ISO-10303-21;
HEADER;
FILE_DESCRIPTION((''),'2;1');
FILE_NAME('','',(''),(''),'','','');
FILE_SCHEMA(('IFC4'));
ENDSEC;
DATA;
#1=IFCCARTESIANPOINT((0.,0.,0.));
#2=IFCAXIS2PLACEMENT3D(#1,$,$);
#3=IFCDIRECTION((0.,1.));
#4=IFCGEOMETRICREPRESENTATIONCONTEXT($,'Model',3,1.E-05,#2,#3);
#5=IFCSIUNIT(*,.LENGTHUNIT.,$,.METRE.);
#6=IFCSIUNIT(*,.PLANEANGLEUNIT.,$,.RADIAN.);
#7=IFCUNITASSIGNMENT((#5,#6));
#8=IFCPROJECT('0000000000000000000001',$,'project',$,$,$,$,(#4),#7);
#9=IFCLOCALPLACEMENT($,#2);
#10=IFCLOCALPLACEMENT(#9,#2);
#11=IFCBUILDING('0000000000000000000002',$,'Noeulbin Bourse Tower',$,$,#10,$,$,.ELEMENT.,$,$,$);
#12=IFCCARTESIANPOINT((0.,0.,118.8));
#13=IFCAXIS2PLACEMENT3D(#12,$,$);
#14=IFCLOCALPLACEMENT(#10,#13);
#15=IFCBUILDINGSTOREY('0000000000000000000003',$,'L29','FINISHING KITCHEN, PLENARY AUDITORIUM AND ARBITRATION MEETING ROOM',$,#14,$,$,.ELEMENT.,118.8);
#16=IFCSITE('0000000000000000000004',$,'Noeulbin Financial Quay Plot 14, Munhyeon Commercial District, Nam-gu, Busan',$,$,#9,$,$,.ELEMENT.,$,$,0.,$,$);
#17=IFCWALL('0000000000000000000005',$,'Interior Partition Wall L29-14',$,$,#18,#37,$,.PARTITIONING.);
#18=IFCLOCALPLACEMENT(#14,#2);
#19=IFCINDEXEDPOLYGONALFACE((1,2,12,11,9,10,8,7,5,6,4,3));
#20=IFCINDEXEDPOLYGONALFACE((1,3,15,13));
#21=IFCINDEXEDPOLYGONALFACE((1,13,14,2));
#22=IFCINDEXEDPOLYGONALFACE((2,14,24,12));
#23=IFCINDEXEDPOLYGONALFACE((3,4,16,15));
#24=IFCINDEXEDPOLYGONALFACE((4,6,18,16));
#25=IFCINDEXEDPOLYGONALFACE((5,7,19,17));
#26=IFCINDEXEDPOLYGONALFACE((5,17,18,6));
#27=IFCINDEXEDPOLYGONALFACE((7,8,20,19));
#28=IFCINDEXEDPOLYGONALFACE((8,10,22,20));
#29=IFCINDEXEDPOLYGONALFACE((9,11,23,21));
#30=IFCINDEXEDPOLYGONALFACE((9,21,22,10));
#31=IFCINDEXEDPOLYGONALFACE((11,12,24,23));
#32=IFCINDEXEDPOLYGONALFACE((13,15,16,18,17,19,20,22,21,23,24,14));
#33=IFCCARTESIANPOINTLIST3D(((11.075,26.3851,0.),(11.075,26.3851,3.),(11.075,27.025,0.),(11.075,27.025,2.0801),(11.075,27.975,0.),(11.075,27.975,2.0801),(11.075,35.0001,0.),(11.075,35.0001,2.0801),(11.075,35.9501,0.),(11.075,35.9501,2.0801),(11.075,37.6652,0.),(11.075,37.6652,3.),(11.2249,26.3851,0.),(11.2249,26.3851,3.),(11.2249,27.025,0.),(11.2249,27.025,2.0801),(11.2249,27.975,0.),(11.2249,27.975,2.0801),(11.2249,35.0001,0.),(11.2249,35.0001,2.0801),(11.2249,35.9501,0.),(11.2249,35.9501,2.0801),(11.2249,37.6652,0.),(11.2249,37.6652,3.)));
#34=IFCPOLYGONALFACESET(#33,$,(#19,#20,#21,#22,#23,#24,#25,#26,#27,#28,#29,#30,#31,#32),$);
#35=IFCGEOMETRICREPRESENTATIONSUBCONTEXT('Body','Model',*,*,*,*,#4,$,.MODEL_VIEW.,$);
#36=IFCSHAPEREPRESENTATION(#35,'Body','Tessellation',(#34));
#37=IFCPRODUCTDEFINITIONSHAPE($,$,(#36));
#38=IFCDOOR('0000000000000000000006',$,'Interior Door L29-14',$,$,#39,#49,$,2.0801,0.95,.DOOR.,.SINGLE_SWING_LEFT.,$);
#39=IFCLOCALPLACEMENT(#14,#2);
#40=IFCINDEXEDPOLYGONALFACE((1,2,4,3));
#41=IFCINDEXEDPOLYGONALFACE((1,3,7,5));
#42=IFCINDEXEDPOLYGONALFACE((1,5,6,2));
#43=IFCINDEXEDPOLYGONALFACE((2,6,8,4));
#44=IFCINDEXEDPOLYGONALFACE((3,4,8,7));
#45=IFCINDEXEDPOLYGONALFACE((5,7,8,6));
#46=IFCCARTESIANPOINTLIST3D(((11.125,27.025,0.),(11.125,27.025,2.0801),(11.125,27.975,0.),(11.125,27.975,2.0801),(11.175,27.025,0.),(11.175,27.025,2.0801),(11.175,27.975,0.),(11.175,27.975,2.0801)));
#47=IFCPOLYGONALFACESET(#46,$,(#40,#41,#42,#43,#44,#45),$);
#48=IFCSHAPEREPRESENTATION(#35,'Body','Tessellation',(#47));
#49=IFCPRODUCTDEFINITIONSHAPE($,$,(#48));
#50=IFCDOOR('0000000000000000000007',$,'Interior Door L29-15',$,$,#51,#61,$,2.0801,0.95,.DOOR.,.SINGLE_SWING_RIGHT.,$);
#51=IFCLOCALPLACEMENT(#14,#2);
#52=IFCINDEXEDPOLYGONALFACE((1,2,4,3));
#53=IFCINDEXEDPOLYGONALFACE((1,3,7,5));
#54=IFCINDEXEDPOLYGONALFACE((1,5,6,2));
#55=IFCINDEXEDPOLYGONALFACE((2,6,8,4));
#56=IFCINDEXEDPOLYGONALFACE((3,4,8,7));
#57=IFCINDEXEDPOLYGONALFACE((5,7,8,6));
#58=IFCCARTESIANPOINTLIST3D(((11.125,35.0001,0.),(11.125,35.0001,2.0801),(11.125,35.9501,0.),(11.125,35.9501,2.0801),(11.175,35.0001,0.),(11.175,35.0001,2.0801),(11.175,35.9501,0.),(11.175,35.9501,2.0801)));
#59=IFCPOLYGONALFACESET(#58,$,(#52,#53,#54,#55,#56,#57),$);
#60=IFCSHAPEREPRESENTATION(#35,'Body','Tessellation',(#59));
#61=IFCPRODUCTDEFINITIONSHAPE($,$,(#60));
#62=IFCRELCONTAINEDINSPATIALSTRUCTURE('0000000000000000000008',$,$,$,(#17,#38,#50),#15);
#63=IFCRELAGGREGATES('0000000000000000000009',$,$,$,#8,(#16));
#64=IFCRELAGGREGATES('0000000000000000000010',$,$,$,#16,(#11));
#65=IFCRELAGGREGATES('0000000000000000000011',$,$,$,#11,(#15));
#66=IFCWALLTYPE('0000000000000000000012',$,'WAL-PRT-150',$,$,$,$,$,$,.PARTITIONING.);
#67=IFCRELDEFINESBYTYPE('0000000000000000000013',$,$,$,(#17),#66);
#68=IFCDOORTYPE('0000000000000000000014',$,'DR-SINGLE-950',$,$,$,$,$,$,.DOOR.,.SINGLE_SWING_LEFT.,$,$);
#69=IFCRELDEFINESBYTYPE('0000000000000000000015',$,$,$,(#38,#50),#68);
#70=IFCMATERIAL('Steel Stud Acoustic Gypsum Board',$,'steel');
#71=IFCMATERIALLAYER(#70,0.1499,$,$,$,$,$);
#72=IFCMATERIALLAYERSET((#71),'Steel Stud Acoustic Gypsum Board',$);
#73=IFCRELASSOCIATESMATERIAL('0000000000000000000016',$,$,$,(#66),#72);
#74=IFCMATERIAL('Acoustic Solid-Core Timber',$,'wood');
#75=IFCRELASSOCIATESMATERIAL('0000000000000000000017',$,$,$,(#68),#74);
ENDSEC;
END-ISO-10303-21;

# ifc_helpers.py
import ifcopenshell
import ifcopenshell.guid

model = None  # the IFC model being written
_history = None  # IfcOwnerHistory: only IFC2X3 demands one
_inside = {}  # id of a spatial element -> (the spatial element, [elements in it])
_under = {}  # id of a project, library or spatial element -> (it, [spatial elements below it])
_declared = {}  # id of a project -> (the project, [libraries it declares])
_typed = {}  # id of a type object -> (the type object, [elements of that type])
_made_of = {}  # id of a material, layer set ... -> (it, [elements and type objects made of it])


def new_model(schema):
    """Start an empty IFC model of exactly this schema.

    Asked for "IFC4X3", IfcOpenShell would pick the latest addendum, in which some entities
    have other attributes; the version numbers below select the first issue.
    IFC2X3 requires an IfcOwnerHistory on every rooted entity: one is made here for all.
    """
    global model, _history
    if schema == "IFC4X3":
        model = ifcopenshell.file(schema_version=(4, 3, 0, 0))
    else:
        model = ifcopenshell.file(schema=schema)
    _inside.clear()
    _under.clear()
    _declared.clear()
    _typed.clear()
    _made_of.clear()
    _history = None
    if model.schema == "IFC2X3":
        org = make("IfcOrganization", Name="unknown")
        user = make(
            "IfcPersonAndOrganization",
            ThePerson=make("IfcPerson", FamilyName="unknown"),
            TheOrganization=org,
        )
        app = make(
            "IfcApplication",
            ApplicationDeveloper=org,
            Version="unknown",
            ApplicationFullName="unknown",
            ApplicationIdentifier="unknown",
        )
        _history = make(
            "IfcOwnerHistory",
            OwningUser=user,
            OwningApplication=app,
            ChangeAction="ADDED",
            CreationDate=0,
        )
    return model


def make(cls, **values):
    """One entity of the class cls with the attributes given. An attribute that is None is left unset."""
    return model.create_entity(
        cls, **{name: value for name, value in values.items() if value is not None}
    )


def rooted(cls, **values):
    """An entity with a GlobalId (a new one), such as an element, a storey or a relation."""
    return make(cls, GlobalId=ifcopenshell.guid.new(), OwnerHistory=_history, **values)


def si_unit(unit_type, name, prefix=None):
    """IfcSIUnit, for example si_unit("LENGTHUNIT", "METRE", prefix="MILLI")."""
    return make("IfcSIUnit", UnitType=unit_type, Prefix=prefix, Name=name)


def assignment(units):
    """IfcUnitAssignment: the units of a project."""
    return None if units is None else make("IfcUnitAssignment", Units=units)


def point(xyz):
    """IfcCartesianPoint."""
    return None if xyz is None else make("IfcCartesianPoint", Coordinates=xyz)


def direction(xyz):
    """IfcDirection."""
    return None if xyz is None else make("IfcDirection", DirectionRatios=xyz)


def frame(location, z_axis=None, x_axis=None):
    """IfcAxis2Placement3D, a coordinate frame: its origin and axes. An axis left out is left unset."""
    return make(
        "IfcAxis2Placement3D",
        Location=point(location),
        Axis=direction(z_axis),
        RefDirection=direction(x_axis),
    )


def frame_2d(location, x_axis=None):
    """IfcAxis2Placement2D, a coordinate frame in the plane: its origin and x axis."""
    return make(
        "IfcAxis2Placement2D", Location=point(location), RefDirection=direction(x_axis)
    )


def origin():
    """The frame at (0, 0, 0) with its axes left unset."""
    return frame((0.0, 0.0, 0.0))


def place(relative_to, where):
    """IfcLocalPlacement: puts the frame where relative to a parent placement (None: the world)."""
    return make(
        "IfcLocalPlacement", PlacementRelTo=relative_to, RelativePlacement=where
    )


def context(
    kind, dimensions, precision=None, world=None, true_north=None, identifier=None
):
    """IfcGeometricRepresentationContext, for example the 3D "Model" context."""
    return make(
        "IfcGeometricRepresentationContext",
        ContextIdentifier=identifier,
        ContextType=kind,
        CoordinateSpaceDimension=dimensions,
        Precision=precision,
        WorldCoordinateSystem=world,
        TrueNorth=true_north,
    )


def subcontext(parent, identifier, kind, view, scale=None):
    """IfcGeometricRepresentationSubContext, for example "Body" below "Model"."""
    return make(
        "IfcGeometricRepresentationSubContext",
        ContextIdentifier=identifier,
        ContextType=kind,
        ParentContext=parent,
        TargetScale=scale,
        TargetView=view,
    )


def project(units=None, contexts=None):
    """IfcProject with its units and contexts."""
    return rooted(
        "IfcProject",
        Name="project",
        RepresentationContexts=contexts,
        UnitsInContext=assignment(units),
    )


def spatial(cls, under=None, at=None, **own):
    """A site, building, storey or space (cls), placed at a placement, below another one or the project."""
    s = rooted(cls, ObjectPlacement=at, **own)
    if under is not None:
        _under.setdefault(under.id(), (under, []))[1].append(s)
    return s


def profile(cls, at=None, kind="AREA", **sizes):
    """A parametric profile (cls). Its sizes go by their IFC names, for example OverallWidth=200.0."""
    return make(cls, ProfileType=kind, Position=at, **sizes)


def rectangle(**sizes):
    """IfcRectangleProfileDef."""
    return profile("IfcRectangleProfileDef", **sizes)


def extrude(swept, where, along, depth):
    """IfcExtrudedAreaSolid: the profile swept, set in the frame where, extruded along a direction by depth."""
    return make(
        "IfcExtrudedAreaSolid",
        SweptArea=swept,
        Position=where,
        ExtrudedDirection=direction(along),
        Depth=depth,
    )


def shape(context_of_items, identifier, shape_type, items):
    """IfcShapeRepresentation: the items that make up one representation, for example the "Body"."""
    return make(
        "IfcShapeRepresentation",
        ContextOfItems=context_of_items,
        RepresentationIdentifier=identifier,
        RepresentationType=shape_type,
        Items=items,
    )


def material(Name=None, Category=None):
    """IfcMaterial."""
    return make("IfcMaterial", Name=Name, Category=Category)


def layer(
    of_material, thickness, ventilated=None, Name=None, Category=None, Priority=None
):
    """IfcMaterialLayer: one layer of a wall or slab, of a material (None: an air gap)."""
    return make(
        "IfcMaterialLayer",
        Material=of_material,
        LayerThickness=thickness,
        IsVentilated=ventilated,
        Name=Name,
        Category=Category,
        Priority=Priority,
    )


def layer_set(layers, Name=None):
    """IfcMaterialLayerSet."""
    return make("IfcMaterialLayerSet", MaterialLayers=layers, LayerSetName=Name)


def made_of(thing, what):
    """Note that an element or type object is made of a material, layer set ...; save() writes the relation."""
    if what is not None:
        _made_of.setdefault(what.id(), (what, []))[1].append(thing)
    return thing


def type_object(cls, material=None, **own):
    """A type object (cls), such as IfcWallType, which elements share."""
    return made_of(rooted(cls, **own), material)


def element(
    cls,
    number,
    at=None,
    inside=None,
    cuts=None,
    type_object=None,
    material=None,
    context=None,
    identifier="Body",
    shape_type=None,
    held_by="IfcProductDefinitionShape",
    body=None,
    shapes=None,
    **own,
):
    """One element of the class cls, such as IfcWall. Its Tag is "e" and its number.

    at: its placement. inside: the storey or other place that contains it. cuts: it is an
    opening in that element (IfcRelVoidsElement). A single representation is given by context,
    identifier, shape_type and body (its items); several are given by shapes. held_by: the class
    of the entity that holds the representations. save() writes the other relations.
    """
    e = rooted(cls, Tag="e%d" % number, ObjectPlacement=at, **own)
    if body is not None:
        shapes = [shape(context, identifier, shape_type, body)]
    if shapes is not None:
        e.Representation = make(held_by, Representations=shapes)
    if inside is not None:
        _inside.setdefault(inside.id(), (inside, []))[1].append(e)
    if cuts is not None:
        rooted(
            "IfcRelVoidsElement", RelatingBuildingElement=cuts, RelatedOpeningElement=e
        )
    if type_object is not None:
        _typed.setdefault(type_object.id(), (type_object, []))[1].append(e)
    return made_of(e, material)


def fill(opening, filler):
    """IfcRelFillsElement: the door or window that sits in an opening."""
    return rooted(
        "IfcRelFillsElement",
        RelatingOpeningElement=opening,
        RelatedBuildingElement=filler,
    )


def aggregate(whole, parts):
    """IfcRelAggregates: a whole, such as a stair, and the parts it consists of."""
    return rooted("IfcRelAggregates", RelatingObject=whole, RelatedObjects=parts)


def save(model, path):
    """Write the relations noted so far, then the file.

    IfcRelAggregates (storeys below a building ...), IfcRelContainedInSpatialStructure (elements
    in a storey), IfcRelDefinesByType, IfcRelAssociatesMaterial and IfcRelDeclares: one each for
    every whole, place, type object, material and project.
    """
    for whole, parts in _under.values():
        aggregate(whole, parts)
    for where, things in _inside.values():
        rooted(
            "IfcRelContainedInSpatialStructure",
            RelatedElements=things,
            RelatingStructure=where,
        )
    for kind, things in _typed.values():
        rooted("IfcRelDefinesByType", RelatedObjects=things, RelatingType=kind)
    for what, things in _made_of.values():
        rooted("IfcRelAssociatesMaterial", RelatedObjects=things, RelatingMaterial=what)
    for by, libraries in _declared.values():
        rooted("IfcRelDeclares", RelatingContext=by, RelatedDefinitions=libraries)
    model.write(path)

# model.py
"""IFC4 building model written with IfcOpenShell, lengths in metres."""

from ifc_helpers import new_model, si_unit, direction, frame, frame_2d, origin, place, context, subcontext, project, spatial, rectangle, extrude, material, layer, layer_set, type_object, element, fill, save


model = new_model("IFC4")

# Units and contexts
model_context = context("Model", 3, precision=1e-05, world=origin(), true_north=direction((0.0, 1.0)))
body_context = subcontext(model_context, "Body", "Model", "MODEL_VIEW")
ifc_project = project(units=[si_unit("LENGTHUNIT", "METRE"), si_unit("PLANEANGLEUNIT", "RADIAN")], contexts=[model_context])

# Site, building, storey
site_placement = place(None, origin())
site = spatial("IfcSite", under=ifc_project, at=site_placement, Name="Noeulbin Financial Quay Plot 14, Munhyeon Commercial District, Nam-gu, Busan", CompositionType="ELEMENT", RefElevation=0.0)
building_placement = place(site_placement, origin())
building = spatial("IfcBuilding", under=site, at=building_placement, Name="Noeulbin Bourse Tower", CompositionType="ELEMENT")
storey_placement = place(building_placement, frame((0.0, 0.0, 118.8)))
storey = spatial("IfcBuildingStorey", under=building, at=storey_placement, Name="L29", Description="FINISHING KITCHEN, PLENARY AUDITORIUM AND ARBITRATION MEETING ROOM", CompositionType="ELEMENT", Elevation=118.8)

# Wall, openings, doors
ifc_material_1 = material(Name="Steel Stud Acoustic Gypsum Board", Category="steel")
ifc_layer_1 = layer(ifc_material_1, 0.1499)
ifc_layer_set_1 = layer_set([ifc_layer_1], Name="Steel Stud Acoustic Gypsum Board")
wall_type_1 = type_object("IfcWallType", Name="WAL-PRT-150", PredefinedType="PARTITIONING", material=ifc_layer_set_1)
wall_1_placement = place(storey_placement, frame((11.1499, 26.385, 0.0), z_axis=(0.0, 0.0, 1.0), x_axis=(0.0, 1.0, 0.0)))
wall_1 = element("IfcWall", 1, at=wall_1_placement, inside=storey, type_object=wall_type_1, Name="Interior Partition Wall L29-14", PredefinedType="PARTITIONING", context=body_context, shape_type="SweptSolid", body=[
    extrude(rectangle(XDim=11.28, YDim=0.1499, at=frame_2d((5.6401, 0.0))), origin(), (0.0, 0.0, 1.0), 3.0),
])
opening_1_placement = place(wall_1_placement, frame((0.6399, 0.0, 0.0)))
opening_1 = element("IfcOpeningElement", 2, at=opening_1_placement, cuts=wall_1, PredefinedType="OPENING", context=body_context, shape_type="SweptSolid", body=[
    extrude(rectangle(XDim=0.95, YDim=2.0801, at=frame_2d((0.4751, 1.04))), frame((0.0, 0.085, 0.0), z_axis=(0.0, -1.0, 0.0), x_axis=(1.0, 0.0, 0.0)), (0.0, 0.0, 1.0), 0.1699),
])
opening_2_placement = place(wall_1_placement, frame((8.615, 0.0, 0.0)))
opening_2 = element("IfcOpeningElement", 3, at=opening_2_placement, cuts=wall_1, PredefinedType="OPENING", context=body_context, shape_type="SweptSolid", body=[
    extrude(rectangle(XDim=0.95, YDim=2.0801, at=frame_2d((0.4751, 1.04))), frame((0.0, 0.085, 0.0), z_axis=(0.0, -1.0, 0.0), x_axis=(1.0, 0.0, 0.0)), (0.0, 0.0, 1.0), 0.1699),
])
ifc_material_2 = material(Name="Acoustic Solid-Core Timber", Category="wood")
door_type_1 = type_object("IfcDoorType", Name="DR-SINGLE-950", OperationType="SINGLE_SWING_LEFT", PredefinedType="DOOR", material=ifc_material_2)
door_1_placement = place(opening_1_placement, origin())
door_1 = element("IfcDoor", 4, at=door_1_placement, inside=storey, type_object=door_type_1, Name="Interior Door L29-14", OperationType="SINGLE_SWING_LEFT", OverallHeight=2.0801, OverallWidth=0.95, PredefinedType="DOOR", context=body_context, shape_type="SweptSolid", body=[
    extrude(rectangle(XDim=0.95, YDim=2.0801, at=frame_2d((0.4751, 1.04))), frame((0.0, 0.0249, 0.0), z_axis=(0.0, -1.0, 0.0), x_axis=(1.0, 0.0, 0.0)), (0.0, 0.0, 1.0), 0.05),
])
fill(opening_1, door_1)
door_2_placement = place(opening_2_placement, origin())
door_2 = element("IfcDoor", 5, at=door_2_placement, inside=storey, type_object=door_type_1, Name="Interior Door L29-15", OperationType="SINGLE_SWING_RIGHT", OverallHeight=2.0801, OverallWidth=0.95, PredefinedType="DOOR", context=body_context, shape_type="SweptSolid", body=[
    extrude(rectangle(XDim=0.95, YDim=2.0801, at=frame_2d((0.4751, 1.04))), frame((0.0, 0.0249, 0.0), z_axis=(0.0, -1.0, 0.0), x_axis=(1.0, 0.0, 0.0)), (0.0, 0.0, 1.0), 0.05),
])
fill(opening_2, door_2)

save(model, "model.ifc")
